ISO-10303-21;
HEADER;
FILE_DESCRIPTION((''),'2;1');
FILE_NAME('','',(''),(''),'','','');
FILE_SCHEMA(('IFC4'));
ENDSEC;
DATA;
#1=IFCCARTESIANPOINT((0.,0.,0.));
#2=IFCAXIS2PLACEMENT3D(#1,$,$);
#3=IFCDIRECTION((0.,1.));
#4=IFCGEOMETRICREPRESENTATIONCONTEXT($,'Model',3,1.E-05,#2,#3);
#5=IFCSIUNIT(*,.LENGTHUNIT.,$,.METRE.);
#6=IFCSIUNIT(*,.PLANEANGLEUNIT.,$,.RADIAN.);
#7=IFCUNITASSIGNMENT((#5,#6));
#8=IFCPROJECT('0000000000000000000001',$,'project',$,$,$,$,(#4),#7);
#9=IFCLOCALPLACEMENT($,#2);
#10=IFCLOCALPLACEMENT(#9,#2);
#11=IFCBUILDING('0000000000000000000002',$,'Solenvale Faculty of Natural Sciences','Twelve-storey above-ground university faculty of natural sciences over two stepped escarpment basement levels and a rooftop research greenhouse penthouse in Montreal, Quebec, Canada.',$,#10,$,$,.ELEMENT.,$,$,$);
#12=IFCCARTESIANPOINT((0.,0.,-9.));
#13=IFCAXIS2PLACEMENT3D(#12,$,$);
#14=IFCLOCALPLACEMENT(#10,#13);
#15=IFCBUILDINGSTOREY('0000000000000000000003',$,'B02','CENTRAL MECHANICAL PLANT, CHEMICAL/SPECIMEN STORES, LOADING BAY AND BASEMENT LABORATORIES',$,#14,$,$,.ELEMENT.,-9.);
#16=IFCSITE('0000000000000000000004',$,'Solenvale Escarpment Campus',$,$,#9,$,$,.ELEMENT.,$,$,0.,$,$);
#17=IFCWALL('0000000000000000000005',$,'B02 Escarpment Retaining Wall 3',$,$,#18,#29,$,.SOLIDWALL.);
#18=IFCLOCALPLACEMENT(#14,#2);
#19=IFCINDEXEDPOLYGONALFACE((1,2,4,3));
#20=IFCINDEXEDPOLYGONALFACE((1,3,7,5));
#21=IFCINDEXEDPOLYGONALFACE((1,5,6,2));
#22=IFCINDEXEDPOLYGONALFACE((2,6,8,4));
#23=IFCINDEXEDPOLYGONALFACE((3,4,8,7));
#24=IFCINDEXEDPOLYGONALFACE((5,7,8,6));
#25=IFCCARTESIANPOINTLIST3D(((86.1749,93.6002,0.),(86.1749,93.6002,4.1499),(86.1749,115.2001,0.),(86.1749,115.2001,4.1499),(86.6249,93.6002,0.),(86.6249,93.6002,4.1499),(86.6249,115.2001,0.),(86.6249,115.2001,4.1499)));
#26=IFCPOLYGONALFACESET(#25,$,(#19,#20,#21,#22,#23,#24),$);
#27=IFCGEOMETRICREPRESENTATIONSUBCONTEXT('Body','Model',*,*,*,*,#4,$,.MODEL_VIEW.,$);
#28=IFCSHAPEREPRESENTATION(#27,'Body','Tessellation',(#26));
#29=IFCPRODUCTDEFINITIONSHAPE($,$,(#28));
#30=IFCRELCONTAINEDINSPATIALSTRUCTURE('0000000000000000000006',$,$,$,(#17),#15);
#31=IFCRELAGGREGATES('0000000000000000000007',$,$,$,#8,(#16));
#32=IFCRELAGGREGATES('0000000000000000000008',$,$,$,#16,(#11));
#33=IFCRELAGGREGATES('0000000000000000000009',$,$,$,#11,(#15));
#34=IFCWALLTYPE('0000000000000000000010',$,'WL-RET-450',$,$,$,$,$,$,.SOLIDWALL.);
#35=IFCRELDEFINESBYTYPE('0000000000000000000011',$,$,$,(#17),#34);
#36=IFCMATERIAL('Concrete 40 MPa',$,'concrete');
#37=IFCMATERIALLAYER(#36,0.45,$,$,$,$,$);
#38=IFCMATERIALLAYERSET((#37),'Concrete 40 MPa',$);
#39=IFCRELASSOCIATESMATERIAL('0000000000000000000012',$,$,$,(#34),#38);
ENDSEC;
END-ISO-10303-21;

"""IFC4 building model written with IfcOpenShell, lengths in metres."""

from ifc_helpers import new_model, si_unit, direction, frame, frame_2d, origin, place, context, subcontext, project, spatial, rectangle, extrude, material, layer, layer_set, type_object, element, save


model = new_model("IFC4")

# Units and contexts
model_context = context("Model", 3, precision=1e-05, world=origin(), true_north=direction((0.0, 1.0)))
body_context = subcontext(model_context, "Body", "Model", "MODEL_VIEW")
ifc_project = project(units=[si_unit("LENGTHUNIT", "METRE"), si_unit("PLANEANGLEUNIT", "RADIAN")], contexts=[model_context])

# Site, building, storey
site_placement = place(None, origin())
site = spatial("IfcSite", under=ifc_project, at=site_placement, Name="Solenvale Escarpment Campus", CompositionType="ELEMENT", RefElevation=0.0)
building_placement = place(site_placement, origin())
building = spatial("IfcBuilding", under=site, at=building_placement, Name="Solenvale Faculty of Natural Sciences", Description="Twelve-storey above-ground university faculty of natural sciences over two stepped escarpment basement levels and a rooftop research greenhouse penthouse in Montreal, Quebec, Canada.", CompositionType="ELEMENT")
storey_placement = place(building_placement, frame((0.0, 0.0, -9.0)))
storey = spatial("IfcBuildingStorey", under=building, at=storey_placement, Name="B02", Description="CENTRAL MECHANICAL PLANT, CHEMICAL/SPECIMEN STORES, LOADING BAY AND BASEMENT LABORATORIES", CompositionType="ELEMENT", Elevation=-9.0)

# Shared definitions
ifc_material_1 = material(Name="Concrete 40 MPa", Category="concrete")

# Wall
ifc_layer = layer(ifc_material_1, 0.45)
ifc_layer_set = layer_set([ifc_layer], Name="Concrete 40 MPa")
wall_type = type_object("IfcWallType", Name="WL-RET-450", PredefinedType="SOLIDWALL", material=ifc_layer_set)
wall_placement = place(storey_placement, frame((86.3999, 115.2, 0.0), z_axis=(0.0, 0.0, 1.0), x_axis=(0.0, -1.0, 0.0)))
element("IfcWall", 1, at=wall_placement, inside=storey, type_object=wall_type, Name="B02 Escarpment Retaining Wall 3", PredefinedType="SOLIDWALL", context=body_context, shape_type="SweptSolid", body=[
    extrude(rectangle(XDim=21.5999, YDim=0.45, at=frame_2d((10.7998, 0.0))), origin(), (0.0, 0.0, 1.0), 4.1499),
])

save(model, "model.ifc")
